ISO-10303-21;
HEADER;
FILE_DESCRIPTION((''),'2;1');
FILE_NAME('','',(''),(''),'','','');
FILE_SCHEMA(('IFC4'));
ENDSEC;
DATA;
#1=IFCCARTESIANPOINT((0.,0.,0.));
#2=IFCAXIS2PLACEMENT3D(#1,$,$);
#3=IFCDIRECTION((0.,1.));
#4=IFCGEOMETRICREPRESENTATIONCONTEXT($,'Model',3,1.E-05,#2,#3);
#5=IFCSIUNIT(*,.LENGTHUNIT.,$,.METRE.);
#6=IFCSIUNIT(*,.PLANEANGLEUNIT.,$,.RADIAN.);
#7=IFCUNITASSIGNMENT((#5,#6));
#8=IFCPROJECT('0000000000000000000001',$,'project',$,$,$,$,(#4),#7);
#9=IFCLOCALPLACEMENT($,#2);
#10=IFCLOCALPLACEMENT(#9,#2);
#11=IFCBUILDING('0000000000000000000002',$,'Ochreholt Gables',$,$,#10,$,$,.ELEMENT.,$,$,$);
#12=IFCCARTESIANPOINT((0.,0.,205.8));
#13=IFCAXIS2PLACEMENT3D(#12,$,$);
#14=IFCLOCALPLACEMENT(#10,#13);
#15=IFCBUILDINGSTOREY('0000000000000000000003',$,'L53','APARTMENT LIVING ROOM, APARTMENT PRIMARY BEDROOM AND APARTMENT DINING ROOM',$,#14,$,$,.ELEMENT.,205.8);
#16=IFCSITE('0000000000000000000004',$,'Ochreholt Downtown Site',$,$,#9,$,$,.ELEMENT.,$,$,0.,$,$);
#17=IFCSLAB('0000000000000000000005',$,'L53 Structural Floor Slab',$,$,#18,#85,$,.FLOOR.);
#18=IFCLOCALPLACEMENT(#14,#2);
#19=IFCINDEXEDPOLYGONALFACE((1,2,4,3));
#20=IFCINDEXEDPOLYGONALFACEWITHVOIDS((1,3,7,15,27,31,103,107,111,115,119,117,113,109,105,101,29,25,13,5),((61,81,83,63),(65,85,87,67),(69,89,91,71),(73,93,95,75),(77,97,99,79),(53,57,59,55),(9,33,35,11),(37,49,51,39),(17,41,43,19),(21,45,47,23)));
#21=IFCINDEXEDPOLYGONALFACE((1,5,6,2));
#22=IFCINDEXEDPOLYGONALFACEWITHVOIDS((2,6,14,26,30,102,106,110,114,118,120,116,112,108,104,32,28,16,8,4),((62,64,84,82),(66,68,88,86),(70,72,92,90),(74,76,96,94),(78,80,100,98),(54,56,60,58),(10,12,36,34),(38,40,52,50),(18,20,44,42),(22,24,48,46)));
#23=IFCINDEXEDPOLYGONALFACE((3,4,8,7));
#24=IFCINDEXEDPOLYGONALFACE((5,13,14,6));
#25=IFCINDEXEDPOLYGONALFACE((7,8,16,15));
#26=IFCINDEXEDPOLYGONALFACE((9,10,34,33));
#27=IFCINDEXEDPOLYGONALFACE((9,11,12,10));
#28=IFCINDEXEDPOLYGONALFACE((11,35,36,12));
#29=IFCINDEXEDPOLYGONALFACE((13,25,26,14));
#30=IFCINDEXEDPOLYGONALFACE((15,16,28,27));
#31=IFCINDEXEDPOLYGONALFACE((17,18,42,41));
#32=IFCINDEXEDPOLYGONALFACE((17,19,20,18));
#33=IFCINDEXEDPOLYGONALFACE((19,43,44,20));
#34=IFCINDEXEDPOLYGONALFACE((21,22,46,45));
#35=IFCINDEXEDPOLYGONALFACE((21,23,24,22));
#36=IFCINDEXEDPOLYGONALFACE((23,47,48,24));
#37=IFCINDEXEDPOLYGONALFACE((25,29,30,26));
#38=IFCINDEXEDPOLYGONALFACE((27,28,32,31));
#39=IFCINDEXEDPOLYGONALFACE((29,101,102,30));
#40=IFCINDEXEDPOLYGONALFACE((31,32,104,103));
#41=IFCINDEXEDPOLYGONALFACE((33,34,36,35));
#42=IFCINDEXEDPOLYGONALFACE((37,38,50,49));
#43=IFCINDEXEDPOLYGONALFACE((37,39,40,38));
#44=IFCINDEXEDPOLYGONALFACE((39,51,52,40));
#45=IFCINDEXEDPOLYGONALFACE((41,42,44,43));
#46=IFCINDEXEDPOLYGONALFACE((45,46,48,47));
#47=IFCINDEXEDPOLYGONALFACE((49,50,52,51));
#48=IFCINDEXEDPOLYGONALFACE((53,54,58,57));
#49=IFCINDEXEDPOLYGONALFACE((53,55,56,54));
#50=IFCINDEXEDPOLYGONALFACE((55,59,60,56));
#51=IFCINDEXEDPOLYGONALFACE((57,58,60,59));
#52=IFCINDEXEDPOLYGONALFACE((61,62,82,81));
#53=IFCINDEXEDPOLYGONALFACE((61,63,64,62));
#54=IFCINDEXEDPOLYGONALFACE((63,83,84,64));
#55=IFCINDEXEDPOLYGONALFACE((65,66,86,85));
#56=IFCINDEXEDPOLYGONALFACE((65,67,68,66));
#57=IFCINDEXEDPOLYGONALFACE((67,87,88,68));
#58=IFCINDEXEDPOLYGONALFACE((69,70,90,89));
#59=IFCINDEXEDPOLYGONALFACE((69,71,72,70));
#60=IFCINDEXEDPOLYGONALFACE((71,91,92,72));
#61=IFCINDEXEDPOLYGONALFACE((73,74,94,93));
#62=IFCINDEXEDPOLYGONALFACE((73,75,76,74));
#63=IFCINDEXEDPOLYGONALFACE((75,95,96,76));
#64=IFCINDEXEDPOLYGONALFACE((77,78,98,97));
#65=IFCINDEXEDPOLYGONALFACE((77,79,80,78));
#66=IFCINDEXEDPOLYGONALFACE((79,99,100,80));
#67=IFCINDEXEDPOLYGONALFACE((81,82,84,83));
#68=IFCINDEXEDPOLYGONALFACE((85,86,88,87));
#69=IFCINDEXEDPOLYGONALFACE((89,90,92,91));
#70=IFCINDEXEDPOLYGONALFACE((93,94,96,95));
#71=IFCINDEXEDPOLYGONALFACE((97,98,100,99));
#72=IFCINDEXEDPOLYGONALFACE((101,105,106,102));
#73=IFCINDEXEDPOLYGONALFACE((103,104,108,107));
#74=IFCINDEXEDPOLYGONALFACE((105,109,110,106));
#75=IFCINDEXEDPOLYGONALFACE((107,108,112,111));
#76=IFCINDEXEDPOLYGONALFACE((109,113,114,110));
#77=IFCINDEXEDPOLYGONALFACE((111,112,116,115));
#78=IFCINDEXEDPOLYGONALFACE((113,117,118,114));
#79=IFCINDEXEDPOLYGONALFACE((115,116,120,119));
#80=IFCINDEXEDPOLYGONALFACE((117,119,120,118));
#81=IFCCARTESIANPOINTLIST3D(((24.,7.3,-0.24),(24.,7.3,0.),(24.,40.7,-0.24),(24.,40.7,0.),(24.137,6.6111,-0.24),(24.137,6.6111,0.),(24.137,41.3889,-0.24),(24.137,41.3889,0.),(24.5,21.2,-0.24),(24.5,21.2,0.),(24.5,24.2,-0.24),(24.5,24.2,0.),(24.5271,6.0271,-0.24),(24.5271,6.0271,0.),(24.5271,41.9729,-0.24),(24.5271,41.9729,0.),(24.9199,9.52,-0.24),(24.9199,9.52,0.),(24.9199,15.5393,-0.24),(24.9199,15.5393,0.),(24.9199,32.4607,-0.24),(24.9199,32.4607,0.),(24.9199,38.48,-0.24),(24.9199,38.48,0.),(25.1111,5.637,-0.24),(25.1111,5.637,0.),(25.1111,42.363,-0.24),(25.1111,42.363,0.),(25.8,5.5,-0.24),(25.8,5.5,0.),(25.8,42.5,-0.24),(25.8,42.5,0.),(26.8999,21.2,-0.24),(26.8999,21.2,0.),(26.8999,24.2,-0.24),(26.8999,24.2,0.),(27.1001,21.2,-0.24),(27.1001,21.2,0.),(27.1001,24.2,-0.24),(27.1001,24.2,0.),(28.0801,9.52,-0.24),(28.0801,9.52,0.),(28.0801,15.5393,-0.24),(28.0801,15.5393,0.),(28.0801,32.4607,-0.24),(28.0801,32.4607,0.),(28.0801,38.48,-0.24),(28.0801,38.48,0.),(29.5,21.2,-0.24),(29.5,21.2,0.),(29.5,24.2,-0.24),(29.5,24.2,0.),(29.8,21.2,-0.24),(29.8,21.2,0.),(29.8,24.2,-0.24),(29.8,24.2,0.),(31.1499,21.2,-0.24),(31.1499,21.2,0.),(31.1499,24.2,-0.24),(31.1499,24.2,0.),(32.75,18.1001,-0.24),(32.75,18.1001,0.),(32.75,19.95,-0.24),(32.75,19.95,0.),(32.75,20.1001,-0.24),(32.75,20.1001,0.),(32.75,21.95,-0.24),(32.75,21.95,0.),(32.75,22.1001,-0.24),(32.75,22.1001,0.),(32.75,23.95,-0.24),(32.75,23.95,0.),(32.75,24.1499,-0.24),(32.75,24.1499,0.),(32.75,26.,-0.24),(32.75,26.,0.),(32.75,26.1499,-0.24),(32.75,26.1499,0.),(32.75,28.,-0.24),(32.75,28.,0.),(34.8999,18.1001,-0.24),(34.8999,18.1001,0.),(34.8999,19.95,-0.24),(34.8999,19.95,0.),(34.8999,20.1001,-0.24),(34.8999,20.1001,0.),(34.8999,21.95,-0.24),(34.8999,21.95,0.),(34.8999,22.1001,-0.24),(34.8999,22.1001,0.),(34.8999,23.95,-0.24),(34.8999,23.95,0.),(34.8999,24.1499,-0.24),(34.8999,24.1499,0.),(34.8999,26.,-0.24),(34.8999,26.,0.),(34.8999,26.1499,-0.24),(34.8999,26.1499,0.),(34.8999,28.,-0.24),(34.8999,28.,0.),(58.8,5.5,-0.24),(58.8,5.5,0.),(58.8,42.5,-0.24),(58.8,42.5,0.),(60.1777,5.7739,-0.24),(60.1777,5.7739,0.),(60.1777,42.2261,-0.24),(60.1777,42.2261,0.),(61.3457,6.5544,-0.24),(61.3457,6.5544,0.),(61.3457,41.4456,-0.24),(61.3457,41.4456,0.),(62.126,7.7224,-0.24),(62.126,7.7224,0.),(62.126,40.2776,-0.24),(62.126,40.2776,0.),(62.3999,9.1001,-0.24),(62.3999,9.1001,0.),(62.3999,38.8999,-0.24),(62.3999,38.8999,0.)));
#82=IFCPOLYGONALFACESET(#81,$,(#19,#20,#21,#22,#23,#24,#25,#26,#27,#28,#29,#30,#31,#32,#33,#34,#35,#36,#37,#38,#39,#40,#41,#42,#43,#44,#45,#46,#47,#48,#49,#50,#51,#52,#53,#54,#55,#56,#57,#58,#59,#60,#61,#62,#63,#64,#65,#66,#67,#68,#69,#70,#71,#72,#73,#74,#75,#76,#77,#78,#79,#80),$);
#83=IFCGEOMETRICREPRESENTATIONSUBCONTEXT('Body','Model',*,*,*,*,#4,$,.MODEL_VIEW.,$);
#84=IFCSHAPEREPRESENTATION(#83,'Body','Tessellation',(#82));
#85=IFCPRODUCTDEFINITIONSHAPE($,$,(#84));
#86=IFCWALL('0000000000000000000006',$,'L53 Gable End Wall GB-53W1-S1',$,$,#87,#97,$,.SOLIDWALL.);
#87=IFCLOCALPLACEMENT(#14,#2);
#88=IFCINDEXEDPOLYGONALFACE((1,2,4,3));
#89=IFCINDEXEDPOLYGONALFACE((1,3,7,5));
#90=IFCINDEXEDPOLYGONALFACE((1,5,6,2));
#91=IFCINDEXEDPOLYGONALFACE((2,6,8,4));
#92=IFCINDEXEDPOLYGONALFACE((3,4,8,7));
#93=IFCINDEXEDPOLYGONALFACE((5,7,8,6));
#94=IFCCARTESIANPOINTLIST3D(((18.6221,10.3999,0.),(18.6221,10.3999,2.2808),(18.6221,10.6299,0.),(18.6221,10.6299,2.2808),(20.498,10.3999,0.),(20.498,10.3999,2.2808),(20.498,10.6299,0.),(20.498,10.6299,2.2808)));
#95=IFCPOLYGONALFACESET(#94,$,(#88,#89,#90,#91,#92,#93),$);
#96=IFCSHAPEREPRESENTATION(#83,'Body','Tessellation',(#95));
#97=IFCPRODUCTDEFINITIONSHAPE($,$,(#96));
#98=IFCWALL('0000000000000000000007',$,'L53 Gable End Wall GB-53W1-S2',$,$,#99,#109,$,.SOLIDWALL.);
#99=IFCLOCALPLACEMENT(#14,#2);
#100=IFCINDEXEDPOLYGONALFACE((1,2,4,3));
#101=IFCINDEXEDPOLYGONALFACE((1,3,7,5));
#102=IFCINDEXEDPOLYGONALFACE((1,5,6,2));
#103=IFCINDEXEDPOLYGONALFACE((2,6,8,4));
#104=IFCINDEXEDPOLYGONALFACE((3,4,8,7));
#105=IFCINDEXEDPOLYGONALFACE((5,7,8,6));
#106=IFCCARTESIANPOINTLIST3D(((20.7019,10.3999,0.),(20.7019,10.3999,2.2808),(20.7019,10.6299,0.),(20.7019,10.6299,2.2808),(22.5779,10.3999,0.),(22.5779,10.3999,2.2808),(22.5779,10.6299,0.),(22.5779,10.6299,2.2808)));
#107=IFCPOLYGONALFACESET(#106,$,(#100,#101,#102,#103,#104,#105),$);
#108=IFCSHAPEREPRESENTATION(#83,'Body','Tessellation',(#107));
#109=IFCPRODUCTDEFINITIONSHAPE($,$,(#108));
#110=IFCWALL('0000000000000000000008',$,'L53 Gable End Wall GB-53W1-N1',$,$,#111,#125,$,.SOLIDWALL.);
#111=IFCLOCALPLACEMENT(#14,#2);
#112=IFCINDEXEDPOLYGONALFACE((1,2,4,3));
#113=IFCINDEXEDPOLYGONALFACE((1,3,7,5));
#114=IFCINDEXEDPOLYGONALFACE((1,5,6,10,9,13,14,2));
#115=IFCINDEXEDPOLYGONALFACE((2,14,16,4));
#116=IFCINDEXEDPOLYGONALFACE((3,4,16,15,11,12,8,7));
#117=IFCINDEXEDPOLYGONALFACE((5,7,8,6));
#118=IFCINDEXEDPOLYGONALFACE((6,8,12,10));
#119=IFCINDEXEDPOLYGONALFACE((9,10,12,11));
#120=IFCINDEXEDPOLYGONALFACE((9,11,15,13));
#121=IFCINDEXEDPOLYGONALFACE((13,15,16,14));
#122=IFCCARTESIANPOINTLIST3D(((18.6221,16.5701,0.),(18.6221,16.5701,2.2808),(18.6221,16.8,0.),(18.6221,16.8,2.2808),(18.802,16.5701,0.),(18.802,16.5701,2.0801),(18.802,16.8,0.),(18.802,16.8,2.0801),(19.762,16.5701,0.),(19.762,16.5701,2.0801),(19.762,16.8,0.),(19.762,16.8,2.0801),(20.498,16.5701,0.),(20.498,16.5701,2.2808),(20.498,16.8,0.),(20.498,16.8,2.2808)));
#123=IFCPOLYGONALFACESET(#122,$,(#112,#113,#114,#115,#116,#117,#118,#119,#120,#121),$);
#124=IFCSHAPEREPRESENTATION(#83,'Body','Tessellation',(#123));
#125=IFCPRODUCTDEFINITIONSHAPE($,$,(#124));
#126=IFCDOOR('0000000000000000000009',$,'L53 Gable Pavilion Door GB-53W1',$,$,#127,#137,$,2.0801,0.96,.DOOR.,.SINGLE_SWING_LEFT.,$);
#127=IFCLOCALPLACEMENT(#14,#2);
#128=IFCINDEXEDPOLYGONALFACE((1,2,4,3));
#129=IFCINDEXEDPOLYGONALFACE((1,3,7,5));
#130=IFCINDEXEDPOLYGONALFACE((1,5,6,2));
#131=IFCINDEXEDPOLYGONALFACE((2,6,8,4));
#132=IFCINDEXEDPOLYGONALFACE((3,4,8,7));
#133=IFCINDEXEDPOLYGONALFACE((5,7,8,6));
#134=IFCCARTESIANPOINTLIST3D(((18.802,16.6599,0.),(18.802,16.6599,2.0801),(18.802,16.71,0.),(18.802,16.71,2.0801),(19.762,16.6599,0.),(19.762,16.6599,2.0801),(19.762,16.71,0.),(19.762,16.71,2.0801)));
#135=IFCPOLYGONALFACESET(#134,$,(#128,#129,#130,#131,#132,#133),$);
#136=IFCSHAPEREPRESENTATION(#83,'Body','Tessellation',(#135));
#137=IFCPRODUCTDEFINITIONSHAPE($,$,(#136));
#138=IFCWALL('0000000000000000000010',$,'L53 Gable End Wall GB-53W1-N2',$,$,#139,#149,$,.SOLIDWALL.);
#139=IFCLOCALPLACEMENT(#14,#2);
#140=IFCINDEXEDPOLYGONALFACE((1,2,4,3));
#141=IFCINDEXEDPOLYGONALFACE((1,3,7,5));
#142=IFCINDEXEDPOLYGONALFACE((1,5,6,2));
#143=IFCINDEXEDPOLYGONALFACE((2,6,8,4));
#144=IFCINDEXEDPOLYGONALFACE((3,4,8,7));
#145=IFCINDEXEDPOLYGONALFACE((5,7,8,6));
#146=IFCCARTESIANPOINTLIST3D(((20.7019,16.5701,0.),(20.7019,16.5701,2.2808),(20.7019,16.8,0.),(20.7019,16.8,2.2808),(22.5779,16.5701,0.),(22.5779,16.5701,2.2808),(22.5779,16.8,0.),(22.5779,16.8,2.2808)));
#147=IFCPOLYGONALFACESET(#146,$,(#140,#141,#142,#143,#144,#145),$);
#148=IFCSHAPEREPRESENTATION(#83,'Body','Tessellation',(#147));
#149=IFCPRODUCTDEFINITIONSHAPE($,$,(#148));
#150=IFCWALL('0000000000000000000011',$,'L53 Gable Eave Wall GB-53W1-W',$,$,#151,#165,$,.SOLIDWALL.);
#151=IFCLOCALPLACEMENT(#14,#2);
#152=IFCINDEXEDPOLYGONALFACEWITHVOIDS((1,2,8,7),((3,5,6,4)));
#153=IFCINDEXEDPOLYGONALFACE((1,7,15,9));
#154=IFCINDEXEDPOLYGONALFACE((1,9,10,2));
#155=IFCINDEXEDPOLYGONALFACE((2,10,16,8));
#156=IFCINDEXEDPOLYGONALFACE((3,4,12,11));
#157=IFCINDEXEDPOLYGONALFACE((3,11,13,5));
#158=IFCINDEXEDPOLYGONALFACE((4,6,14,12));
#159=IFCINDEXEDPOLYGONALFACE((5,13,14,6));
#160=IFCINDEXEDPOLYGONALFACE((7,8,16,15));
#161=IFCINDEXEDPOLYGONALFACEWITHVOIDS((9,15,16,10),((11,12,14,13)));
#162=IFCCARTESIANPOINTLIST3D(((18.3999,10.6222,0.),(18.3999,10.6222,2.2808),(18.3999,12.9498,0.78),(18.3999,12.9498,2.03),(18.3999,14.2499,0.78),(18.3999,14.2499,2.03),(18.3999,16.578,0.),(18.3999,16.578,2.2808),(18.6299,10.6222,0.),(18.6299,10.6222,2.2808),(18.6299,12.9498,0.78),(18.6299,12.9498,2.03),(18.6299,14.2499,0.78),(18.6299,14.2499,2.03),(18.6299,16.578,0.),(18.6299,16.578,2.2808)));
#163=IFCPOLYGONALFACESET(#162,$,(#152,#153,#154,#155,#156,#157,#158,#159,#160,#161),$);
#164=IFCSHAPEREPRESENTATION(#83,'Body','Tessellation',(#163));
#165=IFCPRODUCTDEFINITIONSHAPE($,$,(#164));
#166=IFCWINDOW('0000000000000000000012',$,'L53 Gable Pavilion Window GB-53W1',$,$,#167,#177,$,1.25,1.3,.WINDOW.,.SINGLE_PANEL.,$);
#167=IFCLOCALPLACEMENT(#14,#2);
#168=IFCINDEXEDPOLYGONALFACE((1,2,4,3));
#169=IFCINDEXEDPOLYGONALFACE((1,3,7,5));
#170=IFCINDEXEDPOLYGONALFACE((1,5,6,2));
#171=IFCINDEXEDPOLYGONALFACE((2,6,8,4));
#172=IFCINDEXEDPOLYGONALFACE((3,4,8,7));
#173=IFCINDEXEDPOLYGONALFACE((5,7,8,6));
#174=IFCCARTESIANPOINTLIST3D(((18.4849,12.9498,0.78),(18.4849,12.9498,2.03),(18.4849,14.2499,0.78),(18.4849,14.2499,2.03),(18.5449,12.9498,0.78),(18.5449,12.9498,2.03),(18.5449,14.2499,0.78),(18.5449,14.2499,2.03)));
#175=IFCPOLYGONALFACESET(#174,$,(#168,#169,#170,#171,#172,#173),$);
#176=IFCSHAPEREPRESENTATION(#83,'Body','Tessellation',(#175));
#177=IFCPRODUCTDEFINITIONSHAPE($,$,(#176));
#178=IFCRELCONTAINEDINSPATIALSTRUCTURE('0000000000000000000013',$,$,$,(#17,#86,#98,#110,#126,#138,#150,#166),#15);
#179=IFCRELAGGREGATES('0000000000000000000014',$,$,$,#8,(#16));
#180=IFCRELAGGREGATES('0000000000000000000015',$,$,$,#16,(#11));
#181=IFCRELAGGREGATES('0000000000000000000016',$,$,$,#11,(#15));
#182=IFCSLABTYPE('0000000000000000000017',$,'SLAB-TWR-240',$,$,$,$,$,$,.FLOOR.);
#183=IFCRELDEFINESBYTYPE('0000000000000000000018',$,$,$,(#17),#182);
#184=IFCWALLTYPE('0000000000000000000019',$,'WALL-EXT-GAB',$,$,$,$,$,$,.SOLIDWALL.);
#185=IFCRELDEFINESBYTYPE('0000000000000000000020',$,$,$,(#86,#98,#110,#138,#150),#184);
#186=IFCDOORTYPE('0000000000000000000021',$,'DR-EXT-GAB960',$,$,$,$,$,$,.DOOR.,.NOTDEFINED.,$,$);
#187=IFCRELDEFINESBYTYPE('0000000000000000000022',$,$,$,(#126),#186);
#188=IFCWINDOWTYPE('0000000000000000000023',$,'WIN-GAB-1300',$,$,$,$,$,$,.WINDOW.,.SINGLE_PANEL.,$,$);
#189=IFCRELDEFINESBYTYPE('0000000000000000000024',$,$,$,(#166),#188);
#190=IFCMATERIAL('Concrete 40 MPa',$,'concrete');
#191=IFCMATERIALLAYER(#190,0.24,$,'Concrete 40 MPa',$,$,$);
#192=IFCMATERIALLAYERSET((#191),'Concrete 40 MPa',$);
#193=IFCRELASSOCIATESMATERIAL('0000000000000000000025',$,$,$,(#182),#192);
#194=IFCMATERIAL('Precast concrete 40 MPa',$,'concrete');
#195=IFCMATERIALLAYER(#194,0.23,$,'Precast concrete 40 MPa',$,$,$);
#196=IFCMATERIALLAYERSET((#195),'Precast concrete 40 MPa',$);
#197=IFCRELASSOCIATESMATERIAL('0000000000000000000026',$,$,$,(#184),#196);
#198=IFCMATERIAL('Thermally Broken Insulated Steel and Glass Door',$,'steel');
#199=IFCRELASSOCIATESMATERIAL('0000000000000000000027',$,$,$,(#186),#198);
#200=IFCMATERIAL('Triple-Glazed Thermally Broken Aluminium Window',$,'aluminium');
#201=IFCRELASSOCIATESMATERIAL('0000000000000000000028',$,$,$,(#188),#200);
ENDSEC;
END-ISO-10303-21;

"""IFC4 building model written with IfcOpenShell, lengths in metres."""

from ifc_helpers import new_model, si_unit, direction, frame, frame_2d, origin, place, context, subcontext, project, spatial, polyline, rectangle, outline, extrude, material, layer, layer_set, type_object, element, fill, save


model = new_model("IFC4")

# Units and contexts
model_context = context("Model", 3, precision=1e-05, world=origin(), true_north=direction((0.0, 1.0)))
body_context = subcontext(model_context, "Body", "Model", "MODEL_VIEW")
ifc_project = project(units=[si_unit("LENGTHUNIT", "METRE"), si_unit("PLANEANGLEUNIT", "RADIAN")], contexts=[model_context])

# Site, building, storey
site_placement = place(None, origin())
site = spatial("IfcSite", under=ifc_project, at=site_placement, Name="Ochreholt Downtown Site", CompositionType="ELEMENT", RefElevation=0.0)
building_placement = place(site_placement, origin())
building = spatial("IfcBuilding", under=site, at=building_placement, Name="Ochreholt Gables", CompositionType="ELEMENT")
storey_placement = place(building_placement, frame((0.0, 0.0, 205.8)))
storey = spatial("IfcBuildingStorey", under=building, at=storey_placement, Name="L53", Description="APARTMENT LIVING ROOM, APARTMENT PRIMARY BEDROOM AND APARTMENT DINING ROOM", CompositionType="ELEMENT", Elevation=205.8)

# Shared definitions
ifc_material_1 = material(Name="Concrete 40 MPa", Category="concrete")

# Shared definitions
ifc_material_2 = material(Name="Precast concrete 40 MPa", Category="concrete")

# Shared definitions
ifc_material_3 = material(Name="Triple-Glazed Thermally Broken Aluminium Window", Category="aluminium")

# Slab
ifc_layer_1 = layer(ifc_material_1, 0.24, Name="Concrete 40 MPa")
ifc_layer_set_1 = layer_set([ifc_layer_1], Name="Concrete 40 MPa")
slab_type_1 = type_object("IfcSlabType", Name="SLAB-TWR-240", PredefinedType="FLOOR", material=ifc_layer_set_1)
slab_1_placement = place(storey_placement, frame((0.0, 0.0, -0.24)))
element("IfcSlab", 1, at=slab_1_placement, inside=storey, type_object=slab_type_1, Name="L53 Structural Floor Slab", PredefinedType="FLOOR", context=body_context, shape_type="SweptSolid", body=[
    extrude(outline(polyline([(24.0, 7.3), (24.137, 6.6111), (24.5271, 6.0271), (25.1111, 5.637), (25.8, 5.5), (58.8, 5.5), (60.1777, 5.7739), (61.3457, 6.5544), (62.126, 7.7224), (62.3999, 9.1001), (62.3999, 38.8999), (62.126, 40.2776), (61.3457, 41.4456), (60.1777, 42.2261), (58.8, 42.5), (25.8, 42.5), (25.1111, 42.363), (24.5271, 41.9729), (24.137, 41.3889), (24.0, 40.7), (24.0, 7.3)]), holes=[polyline([(24.9199, 15.5393), (24.9199, 9.52), (28.0801, 9.52), (28.0801, 15.5393), (24.9199, 15.5393)]), polyline([(28.0801, 32.4607), (28.0801, 38.48), (24.9199, 38.48), (24.9199, 32.4607), (28.0801, 32.4607)]), polyline([(24.5, 21.2), (26.8999, 21.2), (26.8999, 24.2), (24.5, 24.2), (24.5, 21.2)]), polyline([(27.1001, 21.2), (29.5, 21.2), (29.5, 24.2), (27.1001, 24.2), (27.1001, 21.2)]), polyline([(32.75, 18.1001), (34.8999, 18.1001), (34.8999, 19.95), (32.75, 19.95), (32.75, 18.1001)]), polyline([(32.75, 20.1001), (34.8999, 20.1001), (34.8999, 21.95), (32.75, 21.95), (32.75, 20.1001)]), polyline([(32.75, 22.1001), (34.8999, 22.1001), (34.8999, 23.95), (32.75, 23.95), (32.75, 22.1001)]), polyline([(32.75, 24.1499), (34.8999, 24.1499), (34.8999, 26.0), (32.75, 26.0), (32.75, 24.1499)]), polyline([(32.75, 26.1499), (34.8999, 26.1499), (34.8999, 28.0), (32.75, 28.0), (32.75, 26.1499)]), polyline([(29.8, 21.2), (31.1499, 21.2), (31.1499, 24.2), (29.8, 24.2), (29.8, 21.2)])]), origin(), (0.0, 0.0, 1.0), 0.24),
])

# Walls
ifc_layer_2 = layer(ifc_material_2, 0.23, Name="Precast concrete 40 MPa")
ifc_layer_set_2 = layer_set([ifc_layer_2], Name="Precast concrete 40 MPa")
wall_type = type_object("IfcWallType", Name="WALL-EXT-GAB", PredefinedType="SOLIDWALL", material=ifc_layer_set_2)
for number, where, z_axis, x_axis, name in (
    (2, (18.6221, 10.5149, 0.0), (0.0, 0.0, 1.0), (1.0, 0.0, 0.0), "L53 Gable End Wall GB-53W1-S1"),
    (3, (20.7019, 10.5149, 0.0), (0.0, 0.0, 1.0), (1.0, 0.0, 0.0), "L53 Gable End Wall GB-53W1-S2"),
):
    element("IfcWall", number, at=place(storey_placement, frame(where, z_axis=z_axis, x_axis=x_axis)), inside=storey, type_object=wall_type, Name=name, PredefinedType="SOLIDWALL", context=body_context, shape_type="SweptSolid", body=[
        extrude(rectangle(XDim=1.876, YDim=0.23, at=frame_2d((0.938, 0.0))), origin(), (0.0, 0.0, 1.0), 2.2808),
    ])

# Wall, opening, door
wall_1_placement = place(storey_placement, frame((18.6221, 16.6851, 0.0), z_axis=(0.0, 0.0, 1.0), x_axis=(1.0, 0.0, 0.0)))
wall_1 = element("IfcWall", 4, at=wall_1_placement, inside=storey, type_object=wall_type, Name="L53 Gable End Wall GB-53W1-N1", PredefinedType="SOLIDWALL", context=body_context, shape_type="SweptSolid", body=[
    extrude(rectangle(XDim=1.876, YDim=0.23, at=frame_2d((0.938, 0.0))), origin(), (0.0, 0.0, 1.0), 2.2808),
])
opening_1_placement = place(wall_1_placement, frame((0.1799, 0.0, 0.0)))
opening_1 = element("IfcOpeningElement", 5, at=opening_1_placement, cuts=wall_1, PredefinedType="OPENING", context=body_context, shape_type="SweptSolid", body=[
    extrude(rectangle(XDim=0.96, YDim=2.0801, at=frame_2d((0.48, 1.04))), frame((0.0, 0.125, 0.0), z_axis=(0.0, -1.0, 0.0), x_axis=(1.0, 0.0, 0.0)), (0.0, 0.0, 1.0), 0.25),
])
ifc_material_4 = material(Name="Thermally Broken Insulated Steel and Glass Door", Category="steel")
door_type = type_object("IfcDoorType", Name="DR-EXT-GAB960", OperationType="NOTDEFINED", PredefinedType="DOOR", material=ifc_material_4)
door_placement = place(opening_1_placement, origin())
door = element("IfcDoor", 6, at=door_placement, inside=storey, type_object=door_type, Name="L53 Gable Pavilion Door GB-53W1", OperationType="SINGLE_SWING_LEFT", OverallHeight=2.0801, OverallWidth=0.96, PredefinedType="DOOR", context=body_context, shape_type="SweptSolid", body=[
    extrude(rectangle(XDim=0.96, YDim=2.0801, at=frame_2d((0.48, 1.04))), frame((0.0, 0.0249, 0.0), z_axis=(0.0, -1.0, 0.0), x_axis=(1.0, 0.0, 0.0)), (0.0, 0.0, 1.0), 0.05),
])
fill(opening_1, door)

# Wall
wall_2_placement = place(storey_placement, frame((20.7019, 16.6851, 0.0), z_axis=(0.0, 0.0, 1.0), x_axis=(1.0, 0.0, 0.0)))
element("IfcWall", 7, at=wall_2_placement, inside=storey, type_object=wall_type, Name="L53 Gable End Wall GB-53W1-N2", PredefinedType="SOLIDWALL", context=body_context, shape_type="SweptSolid", body=[
    extrude(rectangle(XDim=1.876, YDim=0.23, at=frame_2d((0.938, 0.0))), origin(), (0.0, 0.0, 1.0), 2.2808),
])

# Wall, opening, window
wall_3_placement = place(storey_placement, frame((18.5149, 10.6221, 0.0), z_axis=(0.0, 0.0, 1.0), x_axis=(0.0, 1.0, 0.0)))
wall_3 = element("IfcWall", 8, at=wall_3_placement, inside=storey, type_object=wall_type, Name="L53 Gable Eave Wall GB-53W1-W", PredefinedType="SOLIDWALL", context=body_context, shape_type="SweptSolid", body=[
    extrude(rectangle(XDim=5.9558, YDim=0.23, at=frame_2d((2.978, 0.0))), origin(), (0.0, 0.0, 1.0), 2.2808),
])
opening_2_placement = place(wall_3_placement, frame((2.3279, 0.0, 0.78)))
opening_2 = element("IfcOpeningElement", 9, at=opening_2_placement, cuts=wall_3, PredefinedType="OPENING", context=body_context, shape_type="SweptSolid", body=[
    extrude(rectangle(XDim=1.3, YDim=1.25, at=frame_2d((0.6499, 0.625))), frame((0.0, 0.125, 0.0), z_axis=(0.0, -1.0, 0.0), x_axis=(1.0, 0.0, 0.0)), (0.0, 0.0, 1.0), 0.25),
])
window_type_1 = type_object("IfcWindowType", Name="WIN-GAB-1300", PartitioningType="SINGLE_PANEL", PredefinedType="WINDOW", material=ifc_material_3)
window_1_placement = place(opening_2_placement, origin())
window_1 = element("IfcWindow", 10, at=window_1_placement, inside=storey, type_object=window_type_1, Name="L53 Gable Pavilion Window GB-53W1", OverallHeight=1.25, OverallWidth=1.3, PartitioningType="SINGLE_PANEL", PredefinedType="WINDOW", context=body_context, shape_type="SweptSolid", body=[
    extrude(rectangle(XDim=1.3, YDim=1.25, at=frame_2d((0.6499, 0.625))), frame((0.0, 0.03, 0.0), z_axis=(0.0, -1.0, 0.0), x_axis=(1.0, 0.0, 0.0)), (0.0, 0.0, 1.0), 0.0601),
])
fill(opening_2, window_1)

save(model, "model.ifc")
